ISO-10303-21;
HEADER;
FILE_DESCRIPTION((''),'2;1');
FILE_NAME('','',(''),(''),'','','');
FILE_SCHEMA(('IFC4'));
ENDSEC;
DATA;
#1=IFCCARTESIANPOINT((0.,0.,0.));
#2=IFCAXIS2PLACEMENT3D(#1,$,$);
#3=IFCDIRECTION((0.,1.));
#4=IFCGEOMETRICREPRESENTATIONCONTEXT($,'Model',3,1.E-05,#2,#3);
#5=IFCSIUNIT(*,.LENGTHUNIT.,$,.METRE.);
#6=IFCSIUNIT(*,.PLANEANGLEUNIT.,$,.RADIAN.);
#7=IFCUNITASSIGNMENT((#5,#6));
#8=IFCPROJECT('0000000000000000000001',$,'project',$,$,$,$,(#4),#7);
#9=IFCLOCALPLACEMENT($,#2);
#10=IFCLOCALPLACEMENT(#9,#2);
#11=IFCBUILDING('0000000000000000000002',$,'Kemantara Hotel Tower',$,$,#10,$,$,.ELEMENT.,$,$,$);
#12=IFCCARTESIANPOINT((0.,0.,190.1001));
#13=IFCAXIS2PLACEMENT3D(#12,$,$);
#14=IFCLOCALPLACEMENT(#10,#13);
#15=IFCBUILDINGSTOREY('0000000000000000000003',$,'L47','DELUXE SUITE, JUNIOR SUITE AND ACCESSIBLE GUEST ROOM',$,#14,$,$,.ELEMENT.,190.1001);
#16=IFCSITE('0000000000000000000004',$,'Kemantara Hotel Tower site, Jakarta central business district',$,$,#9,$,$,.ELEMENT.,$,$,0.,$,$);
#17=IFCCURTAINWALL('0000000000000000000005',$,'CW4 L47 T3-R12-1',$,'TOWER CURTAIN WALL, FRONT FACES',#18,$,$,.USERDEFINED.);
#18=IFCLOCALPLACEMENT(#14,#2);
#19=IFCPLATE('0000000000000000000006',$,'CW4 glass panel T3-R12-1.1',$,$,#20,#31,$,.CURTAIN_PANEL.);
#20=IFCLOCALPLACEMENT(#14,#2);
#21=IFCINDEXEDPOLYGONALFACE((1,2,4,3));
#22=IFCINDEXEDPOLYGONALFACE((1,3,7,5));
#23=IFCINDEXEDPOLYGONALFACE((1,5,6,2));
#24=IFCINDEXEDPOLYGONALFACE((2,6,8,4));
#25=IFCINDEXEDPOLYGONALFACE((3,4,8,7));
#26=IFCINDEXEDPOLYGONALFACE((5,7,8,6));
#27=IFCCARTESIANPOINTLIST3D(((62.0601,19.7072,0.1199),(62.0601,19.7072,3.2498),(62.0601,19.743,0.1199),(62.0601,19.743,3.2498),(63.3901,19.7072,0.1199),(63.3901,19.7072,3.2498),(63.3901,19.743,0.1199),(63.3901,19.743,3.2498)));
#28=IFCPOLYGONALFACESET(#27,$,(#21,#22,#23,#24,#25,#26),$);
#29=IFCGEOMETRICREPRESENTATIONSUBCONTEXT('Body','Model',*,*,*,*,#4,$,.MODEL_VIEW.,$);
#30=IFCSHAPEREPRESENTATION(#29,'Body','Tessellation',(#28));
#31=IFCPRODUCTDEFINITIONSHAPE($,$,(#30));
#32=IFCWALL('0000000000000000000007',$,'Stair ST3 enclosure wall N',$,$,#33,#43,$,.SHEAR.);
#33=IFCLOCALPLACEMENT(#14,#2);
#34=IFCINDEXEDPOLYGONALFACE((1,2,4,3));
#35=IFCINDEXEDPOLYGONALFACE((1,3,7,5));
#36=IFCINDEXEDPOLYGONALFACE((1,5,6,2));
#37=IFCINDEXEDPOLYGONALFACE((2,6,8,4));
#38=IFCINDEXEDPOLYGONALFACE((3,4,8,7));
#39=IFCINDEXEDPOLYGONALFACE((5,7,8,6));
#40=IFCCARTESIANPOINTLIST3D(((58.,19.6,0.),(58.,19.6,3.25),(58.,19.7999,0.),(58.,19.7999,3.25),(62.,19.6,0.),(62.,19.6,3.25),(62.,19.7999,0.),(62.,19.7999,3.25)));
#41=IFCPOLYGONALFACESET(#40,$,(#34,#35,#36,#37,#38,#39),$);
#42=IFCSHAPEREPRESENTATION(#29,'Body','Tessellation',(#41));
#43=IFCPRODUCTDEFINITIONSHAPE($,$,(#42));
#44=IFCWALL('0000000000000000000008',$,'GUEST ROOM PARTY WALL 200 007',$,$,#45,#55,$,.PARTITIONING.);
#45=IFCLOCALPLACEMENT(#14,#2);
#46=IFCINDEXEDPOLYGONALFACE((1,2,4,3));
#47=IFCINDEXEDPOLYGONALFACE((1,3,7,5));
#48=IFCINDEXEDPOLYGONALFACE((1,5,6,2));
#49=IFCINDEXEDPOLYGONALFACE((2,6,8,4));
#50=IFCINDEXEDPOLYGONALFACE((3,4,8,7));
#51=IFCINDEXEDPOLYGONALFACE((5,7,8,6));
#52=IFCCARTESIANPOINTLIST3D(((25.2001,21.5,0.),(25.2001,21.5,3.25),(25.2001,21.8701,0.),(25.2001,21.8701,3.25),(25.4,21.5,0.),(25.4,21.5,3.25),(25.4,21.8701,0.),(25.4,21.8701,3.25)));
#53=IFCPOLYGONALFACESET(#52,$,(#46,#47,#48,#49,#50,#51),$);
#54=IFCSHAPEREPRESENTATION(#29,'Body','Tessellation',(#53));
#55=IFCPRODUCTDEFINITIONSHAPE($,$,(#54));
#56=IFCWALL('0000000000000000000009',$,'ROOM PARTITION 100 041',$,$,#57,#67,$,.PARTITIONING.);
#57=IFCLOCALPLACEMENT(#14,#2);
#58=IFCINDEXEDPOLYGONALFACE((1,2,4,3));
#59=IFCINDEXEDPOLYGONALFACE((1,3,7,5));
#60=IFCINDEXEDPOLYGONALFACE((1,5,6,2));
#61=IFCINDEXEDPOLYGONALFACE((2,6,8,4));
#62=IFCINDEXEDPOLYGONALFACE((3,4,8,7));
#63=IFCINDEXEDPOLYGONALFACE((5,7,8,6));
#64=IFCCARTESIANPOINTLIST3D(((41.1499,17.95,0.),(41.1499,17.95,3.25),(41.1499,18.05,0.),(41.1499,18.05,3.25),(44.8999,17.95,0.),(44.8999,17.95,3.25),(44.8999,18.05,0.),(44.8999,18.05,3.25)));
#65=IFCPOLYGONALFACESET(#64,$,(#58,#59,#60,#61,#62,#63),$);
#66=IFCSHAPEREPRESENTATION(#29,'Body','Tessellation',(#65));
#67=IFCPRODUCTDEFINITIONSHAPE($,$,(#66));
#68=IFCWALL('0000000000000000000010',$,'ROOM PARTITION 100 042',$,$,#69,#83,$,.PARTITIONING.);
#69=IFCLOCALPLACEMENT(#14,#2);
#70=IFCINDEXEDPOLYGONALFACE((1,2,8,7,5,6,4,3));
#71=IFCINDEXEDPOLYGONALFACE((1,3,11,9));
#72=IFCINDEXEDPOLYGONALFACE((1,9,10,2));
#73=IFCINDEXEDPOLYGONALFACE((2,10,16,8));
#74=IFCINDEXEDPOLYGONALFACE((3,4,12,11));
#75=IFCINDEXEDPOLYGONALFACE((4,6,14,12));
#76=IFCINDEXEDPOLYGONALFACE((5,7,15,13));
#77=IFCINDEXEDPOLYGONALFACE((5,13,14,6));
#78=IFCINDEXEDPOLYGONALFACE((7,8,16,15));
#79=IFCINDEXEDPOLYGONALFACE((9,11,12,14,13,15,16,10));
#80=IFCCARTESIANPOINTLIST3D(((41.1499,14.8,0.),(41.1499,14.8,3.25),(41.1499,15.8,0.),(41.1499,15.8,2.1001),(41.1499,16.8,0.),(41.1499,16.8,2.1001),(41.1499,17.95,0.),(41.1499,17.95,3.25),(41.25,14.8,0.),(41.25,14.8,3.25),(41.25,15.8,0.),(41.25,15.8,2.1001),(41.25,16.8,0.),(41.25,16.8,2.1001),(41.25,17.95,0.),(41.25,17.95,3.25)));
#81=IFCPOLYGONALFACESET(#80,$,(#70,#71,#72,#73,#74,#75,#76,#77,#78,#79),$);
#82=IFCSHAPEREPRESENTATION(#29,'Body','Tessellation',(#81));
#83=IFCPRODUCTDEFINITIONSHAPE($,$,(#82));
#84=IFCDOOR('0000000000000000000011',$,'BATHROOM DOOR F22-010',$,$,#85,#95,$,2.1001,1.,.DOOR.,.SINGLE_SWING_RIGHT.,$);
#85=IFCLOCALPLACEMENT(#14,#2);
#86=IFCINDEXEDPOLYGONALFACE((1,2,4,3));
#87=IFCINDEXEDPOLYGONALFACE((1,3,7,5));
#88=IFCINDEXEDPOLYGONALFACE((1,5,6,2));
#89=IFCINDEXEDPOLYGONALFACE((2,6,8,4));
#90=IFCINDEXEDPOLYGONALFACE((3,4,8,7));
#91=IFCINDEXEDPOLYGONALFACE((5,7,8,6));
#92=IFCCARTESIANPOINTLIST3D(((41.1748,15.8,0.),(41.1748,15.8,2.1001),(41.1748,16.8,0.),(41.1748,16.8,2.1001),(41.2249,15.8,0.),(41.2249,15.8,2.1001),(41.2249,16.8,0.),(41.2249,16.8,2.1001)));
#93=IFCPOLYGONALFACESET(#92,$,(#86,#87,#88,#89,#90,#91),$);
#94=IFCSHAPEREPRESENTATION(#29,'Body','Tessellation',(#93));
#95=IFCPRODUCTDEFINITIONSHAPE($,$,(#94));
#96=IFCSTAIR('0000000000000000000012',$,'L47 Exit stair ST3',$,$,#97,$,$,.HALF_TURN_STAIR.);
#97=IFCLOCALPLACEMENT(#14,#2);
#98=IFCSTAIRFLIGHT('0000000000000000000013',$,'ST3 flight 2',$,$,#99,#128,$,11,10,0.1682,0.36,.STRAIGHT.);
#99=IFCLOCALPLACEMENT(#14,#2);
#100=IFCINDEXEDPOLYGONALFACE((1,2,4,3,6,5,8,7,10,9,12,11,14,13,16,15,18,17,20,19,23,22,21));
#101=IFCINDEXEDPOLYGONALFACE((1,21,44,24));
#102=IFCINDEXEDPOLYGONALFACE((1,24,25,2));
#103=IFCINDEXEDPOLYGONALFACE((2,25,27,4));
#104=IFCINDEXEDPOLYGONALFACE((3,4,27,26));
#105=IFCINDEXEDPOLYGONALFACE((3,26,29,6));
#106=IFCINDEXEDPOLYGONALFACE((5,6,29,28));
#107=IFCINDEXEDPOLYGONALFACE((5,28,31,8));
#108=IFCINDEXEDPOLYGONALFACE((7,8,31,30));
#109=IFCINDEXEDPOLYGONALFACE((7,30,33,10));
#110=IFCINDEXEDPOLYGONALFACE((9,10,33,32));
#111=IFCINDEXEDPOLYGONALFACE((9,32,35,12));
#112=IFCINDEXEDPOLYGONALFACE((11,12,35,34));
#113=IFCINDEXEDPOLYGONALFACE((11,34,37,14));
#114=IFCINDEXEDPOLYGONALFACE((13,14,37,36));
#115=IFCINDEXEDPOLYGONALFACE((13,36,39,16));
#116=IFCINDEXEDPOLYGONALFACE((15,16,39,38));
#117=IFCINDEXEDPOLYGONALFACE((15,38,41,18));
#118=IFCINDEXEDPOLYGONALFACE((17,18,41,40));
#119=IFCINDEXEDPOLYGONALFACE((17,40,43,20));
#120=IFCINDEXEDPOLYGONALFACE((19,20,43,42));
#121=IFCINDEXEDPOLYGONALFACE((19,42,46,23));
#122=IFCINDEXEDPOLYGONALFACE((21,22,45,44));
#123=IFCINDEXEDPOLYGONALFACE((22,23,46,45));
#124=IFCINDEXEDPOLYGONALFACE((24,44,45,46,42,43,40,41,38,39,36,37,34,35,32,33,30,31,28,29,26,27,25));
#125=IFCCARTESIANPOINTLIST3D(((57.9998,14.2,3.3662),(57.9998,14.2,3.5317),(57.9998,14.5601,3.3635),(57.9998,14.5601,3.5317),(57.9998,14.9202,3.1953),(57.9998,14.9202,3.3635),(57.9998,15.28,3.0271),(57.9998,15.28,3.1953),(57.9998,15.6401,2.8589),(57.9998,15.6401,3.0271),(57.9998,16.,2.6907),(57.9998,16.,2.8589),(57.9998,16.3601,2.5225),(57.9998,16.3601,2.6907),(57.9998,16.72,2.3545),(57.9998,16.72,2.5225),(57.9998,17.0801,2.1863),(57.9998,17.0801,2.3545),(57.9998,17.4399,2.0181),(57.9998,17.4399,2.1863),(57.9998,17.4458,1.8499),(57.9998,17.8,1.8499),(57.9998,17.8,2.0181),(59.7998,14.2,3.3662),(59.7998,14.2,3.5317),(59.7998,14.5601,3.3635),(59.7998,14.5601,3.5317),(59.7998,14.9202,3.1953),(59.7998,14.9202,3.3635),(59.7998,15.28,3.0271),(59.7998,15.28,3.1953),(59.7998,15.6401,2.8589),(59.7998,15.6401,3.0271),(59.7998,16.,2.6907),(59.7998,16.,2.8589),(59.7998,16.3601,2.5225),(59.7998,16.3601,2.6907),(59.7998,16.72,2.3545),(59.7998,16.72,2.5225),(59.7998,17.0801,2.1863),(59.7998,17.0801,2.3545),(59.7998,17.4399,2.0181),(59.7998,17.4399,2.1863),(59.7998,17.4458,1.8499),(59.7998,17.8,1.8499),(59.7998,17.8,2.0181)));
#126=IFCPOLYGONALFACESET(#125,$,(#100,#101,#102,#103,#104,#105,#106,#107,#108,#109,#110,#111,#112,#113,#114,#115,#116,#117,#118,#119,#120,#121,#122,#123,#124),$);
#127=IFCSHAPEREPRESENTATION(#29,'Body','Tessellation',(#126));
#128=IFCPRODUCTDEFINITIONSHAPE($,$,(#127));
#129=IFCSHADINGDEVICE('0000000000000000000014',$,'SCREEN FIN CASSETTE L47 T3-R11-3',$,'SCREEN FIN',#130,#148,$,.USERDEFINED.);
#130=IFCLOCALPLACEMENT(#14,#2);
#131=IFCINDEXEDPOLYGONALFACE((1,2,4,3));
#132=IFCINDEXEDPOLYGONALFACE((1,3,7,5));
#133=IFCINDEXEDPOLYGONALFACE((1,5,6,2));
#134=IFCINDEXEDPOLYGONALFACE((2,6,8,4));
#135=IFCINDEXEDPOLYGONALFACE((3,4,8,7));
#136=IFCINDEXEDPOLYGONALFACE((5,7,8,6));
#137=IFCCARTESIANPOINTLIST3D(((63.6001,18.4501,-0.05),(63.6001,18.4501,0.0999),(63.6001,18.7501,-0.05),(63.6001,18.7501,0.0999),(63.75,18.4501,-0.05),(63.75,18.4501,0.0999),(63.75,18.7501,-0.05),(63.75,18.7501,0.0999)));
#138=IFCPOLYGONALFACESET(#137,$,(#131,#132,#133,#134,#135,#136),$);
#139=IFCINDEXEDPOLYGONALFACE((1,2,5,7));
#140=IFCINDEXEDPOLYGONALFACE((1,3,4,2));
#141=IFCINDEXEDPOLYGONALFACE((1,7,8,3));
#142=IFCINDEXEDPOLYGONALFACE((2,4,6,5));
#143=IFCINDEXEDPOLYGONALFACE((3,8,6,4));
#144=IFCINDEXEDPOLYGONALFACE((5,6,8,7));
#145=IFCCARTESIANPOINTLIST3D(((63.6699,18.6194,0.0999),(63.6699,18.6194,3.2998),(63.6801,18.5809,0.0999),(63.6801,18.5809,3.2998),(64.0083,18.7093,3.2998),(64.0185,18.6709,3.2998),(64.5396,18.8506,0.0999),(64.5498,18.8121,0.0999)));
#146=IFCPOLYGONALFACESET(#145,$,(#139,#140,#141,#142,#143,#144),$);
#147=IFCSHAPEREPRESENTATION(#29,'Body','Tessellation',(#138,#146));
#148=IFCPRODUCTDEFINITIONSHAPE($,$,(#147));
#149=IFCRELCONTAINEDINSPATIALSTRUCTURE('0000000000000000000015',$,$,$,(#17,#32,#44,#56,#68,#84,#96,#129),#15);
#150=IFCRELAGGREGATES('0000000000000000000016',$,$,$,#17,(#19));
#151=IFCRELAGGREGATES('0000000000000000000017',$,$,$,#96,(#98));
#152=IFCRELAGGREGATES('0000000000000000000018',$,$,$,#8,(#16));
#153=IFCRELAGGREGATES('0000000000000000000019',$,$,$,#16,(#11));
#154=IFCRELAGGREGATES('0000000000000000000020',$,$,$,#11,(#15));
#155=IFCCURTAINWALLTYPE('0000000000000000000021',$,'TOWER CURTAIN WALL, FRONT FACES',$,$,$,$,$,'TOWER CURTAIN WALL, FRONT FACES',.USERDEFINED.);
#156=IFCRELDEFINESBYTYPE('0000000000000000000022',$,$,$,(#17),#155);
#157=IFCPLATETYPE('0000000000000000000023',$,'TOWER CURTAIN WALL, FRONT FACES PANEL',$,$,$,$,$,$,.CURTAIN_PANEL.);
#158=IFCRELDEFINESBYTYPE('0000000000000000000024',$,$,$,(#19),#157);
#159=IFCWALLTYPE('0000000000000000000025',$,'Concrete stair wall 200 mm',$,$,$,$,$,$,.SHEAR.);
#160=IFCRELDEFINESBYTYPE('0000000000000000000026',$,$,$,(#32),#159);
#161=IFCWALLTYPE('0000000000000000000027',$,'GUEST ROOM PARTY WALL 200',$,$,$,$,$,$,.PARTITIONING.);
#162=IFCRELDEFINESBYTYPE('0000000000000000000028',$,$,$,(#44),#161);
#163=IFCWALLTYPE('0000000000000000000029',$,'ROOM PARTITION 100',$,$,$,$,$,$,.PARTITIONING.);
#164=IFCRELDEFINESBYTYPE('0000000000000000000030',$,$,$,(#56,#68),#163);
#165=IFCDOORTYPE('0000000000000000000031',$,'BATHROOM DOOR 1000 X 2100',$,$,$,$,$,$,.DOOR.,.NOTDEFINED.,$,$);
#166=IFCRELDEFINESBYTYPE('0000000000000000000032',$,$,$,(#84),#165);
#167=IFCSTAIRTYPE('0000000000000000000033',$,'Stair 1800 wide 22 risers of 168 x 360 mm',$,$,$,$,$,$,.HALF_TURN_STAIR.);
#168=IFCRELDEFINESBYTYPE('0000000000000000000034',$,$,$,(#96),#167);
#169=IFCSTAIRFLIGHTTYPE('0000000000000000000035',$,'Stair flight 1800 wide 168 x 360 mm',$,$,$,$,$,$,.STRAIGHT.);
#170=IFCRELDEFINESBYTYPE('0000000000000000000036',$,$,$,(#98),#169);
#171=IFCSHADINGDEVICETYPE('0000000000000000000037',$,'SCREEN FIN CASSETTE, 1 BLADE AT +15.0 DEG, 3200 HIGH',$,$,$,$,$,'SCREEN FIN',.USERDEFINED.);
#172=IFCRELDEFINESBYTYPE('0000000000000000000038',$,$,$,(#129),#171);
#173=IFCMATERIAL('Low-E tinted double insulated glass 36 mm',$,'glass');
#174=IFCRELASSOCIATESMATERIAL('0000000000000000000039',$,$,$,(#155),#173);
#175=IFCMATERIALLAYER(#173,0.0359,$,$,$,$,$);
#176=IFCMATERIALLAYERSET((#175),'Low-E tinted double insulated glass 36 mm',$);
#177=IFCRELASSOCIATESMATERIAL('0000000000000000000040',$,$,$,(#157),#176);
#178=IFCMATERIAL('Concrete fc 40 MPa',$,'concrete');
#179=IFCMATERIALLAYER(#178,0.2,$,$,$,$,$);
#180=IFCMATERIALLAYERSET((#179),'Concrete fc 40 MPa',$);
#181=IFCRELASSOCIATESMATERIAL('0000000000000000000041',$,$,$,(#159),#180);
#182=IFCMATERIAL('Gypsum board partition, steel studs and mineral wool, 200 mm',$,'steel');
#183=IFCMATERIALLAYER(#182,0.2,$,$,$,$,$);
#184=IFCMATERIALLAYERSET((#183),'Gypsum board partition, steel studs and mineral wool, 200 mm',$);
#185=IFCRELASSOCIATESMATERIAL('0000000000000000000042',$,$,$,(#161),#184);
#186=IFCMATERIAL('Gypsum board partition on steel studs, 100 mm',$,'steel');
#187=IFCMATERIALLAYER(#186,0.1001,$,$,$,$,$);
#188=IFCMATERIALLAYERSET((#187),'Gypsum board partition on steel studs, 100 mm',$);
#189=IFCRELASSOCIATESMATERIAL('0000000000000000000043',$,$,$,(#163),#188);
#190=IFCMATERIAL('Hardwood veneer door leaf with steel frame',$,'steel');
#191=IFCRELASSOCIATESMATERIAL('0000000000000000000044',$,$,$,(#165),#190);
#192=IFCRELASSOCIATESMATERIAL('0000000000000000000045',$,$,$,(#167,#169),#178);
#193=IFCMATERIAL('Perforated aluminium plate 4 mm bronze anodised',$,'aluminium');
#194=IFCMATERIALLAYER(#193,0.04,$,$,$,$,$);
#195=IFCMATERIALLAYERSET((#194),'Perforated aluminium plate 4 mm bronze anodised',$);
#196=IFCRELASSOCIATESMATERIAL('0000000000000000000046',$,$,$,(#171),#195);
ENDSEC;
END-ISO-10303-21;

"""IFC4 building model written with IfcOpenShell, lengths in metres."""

from ifc_helpers import new_model, si_unit, direction, frame, frame_2d, origin, origin_2d, place, context, subcontext, project, spatial, polyline, rectangle, outline, extrude, source, transform, mapped, material, layer, layer_set, type_object, element, fill, aggregate, save


model = new_model("IFC4")

# Units and contexts
model_context = context("Model", 3, precision=1e-05, world=origin(), true_north=direction((0.0, 1.0)))
body_context = subcontext(model_context, "Body", "Model", "MODEL_VIEW")
ifc_project = project(units=[si_unit("LENGTHUNIT", "METRE"), si_unit("PLANEANGLEUNIT", "RADIAN")], contexts=[model_context])

# Site, building, storey
site_placement = place(None, origin())
site = spatial("IfcSite", under=ifc_project, at=site_placement, Name="Kemantara Hotel Tower site, Jakarta central business district", CompositionType="ELEMENT", RefElevation=0.0)
building_placement = place(site_placement, origin())
building = spatial("IfcBuilding", under=site, at=building_placement, Name="Kemantara Hotel Tower", CompositionType="ELEMENT")
storey_placement = place(building_placement, frame((0.0, 0.0, 190.1001)))
storey = spatial("IfcBuildingStorey", under=building, at=storey_placement, Name="L47", Description="DELUXE SUITE, JUNIOR SUITE AND ACCESSIBLE GUEST ROOM", CompositionType="ELEMENT", Elevation=190.1001)

# Curtain wall
ifc_material_1 = material(Name="Low-E tinted double insulated glass 36 mm", Category="glass")
curtain_wall_type = type_object("IfcCurtainWallType", Name="TOWER CURTAIN WALL, FRONT FACES", ElementType="TOWER CURTAIN WALL, FRONT FACES", PredefinedType="USERDEFINED", material=ifc_material_1)
curtain_wall_1_placement = place(storey_placement, origin())
curtain_wall_1 = element("IfcCurtainWall", 1, at=curtain_wall_1_placement, inside=storey, type_object=curtain_wall_type, Name="CW4 L47 T3-R12-1", ObjectType="TOWER CURTAIN WALL, FRONT FACES", PredefinedType="USERDEFINED")

# Plate
ifc_layer_1 = layer(ifc_material_1, 0.0359)
ifc_layer_set_1 = layer_set([ifc_layer_1], Name="Low-E tinted double insulated glass 36 mm")
plate_type = type_object("IfcPlateType", Name="TOWER CURTAIN WALL, FRONT FACES PANEL", PredefinedType="CURTAIN_PANEL", material=ifc_layer_set_1)
shared_shape_1 = source(origin(), body_context, "Body", "SweptSolid", [
    extrude(rectangle(XDim=1.3301, YDim=0.0359, at=origin_2d()), origin(), (0.0, 0.0, 1.0), 3.1299),
])
plate_1_placement = place(storey_placement, frame((62.7251, 19.7251, 0.1199), z_axis=(0.0, 0.0, 1.0), x_axis=(-1.0, 0.0, 0.0)))
plate_1 = element("IfcPlate", 2, at=plate_1_placement, type_object=plate_type, Name="CW4 glass panel T3-R12-1.1", PredefinedType="CURTAIN_PANEL", context=body_context, shape_type="MappedRepresentation", body=[
    mapped(shared_shape_1, transform((0.0, 0.0, 0.0))),
])
aggregate(curtain_wall_1, [plate_1])

# Walls
ifc_material_2 = material(Name="Concrete fc 40 MPa", Category="concrete")
ifc_layer_2 = layer(ifc_material_2, 0.2)
ifc_layer_set_2 = layer_set([ifc_layer_2], Name="Concrete fc 40 MPa")
wall_type_1 = type_object("IfcWallType", Name="Concrete stair wall 200 mm", PredefinedType="SHEAR", material=ifc_layer_set_2)
wall_1_placement = place(storey_placement, frame((58.0, 19.7, 0.0), z_axis=(0.0, 0.0, 1.0), x_axis=(1.0, 0.0, 0.0)))
element("IfcWall", 3, at=wall_1_placement, inside=storey, type_object=wall_type_1, Name="Stair ST3 enclosure wall N", PredefinedType="SHEAR", context=body_context, shape_type="SweptSolid", body=[
    extrude(rectangle(XDim=4.0, YDim=0.2, at=frame_2d((2.0, 0.0))), origin(), (0.0, 0.0, 1.0), 3.25),
])
ifc_material_3 = material(Name="Gypsum board partition, steel studs and mineral wool, 200 mm", Category="steel")
ifc_layer_3 = layer(ifc_material_3, 0.2)
ifc_layer_set_3 = layer_set([ifc_layer_3], Name="Gypsum board partition, steel studs and mineral wool, 200 mm")
wall_type_2 = type_object("IfcWallType", Name="GUEST ROOM PARTY WALL 200", PredefinedType="PARTITIONING", material=ifc_layer_set_3)
wall_2_placement = place(storey_placement, frame((25.3, 21.5, 0.0), z_axis=(0.0, 0.0, 1.0), x_axis=(0.0, 1.0, 0.0)))
element("IfcWall", 4, at=wall_2_placement, inside=storey, type_object=wall_type_2, Name="GUEST ROOM PARTY WALL 200 007", PredefinedType="PARTITIONING", context=body_context, shape_type="SweptSolid", body=[
    extrude(rectangle(XDim=0.3701, YDim=0.2, at=frame_2d((0.1851, 0.0))), origin(), (0.0, 0.0, 1.0), 3.25),
])
ifc_material_4 = material(Name="Gypsum board partition on steel studs, 100 mm", Category="steel")
ifc_layer_4 = layer(ifc_material_4, 0.1001)
ifc_layer_set_4 = layer_set([ifc_layer_4], Name="Gypsum board partition on steel studs, 100 mm")
wall_type_3 = type_object("IfcWallType", Name="ROOM PARTITION 100", PredefinedType="PARTITIONING", material=ifc_layer_set_4)
wall_3_placement = place(storey_placement, frame((41.1499, 18.0, 0.0), z_axis=(0.0, 0.0, 1.0), x_axis=(1.0, 0.0, 0.0)))
element("IfcWall", 5, at=wall_3_placement, inside=storey, type_object=wall_type_3, Name="ROOM PARTITION 100 041", PredefinedType="PARTITIONING", context=body_context, shape_type="SweptSolid", body=[
    extrude(rectangle(XDim=3.75, YDim=0.1001, at=frame_2d((1.875, 0.0))), origin(), (0.0, 0.0, 1.0), 3.25),
])

# Wall, opening, door
wall_4_placement = place(storey_placement, frame((41.2, 17.95, 0.0), z_axis=(0.0, 0.0, 1.0), x_axis=(0.0, -1.0, 0.0)))
wall_4 = element("IfcWall", 6, at=wall_4_placement, inside=storey, type_object=wall_type_3, Name="ROOM PARTITION 100 042", PredefinedType="PARTITIONING", context=body_context, shape_type="SweptSolid", body=[
    extrude(rectangle(XDim=3.1499, YDim=0.1001, at=frame_2d((1.575, 0.0))), origin(), (0.0, 0.0, 1.0), 3.25),
])
opening_placement = place(wall_4_placement, frame((1.1499, 0.0, 0.0)))
opening = element("IfcOpeningElement", 7, at=opening_placement, cuts=wall_4, PredefinedType="OPENING", context=body_context, shape_type="SweptSolid", body=[
    extrude(rectangle(XDim=1.0, YDim=2.1001, at=frame_2d((0.5, 1.05))), frame((0.0, 0.0601, 0.0), z_axis=(0.0, -1.0, 0.0), x_axis=(1.0, 0.0, 0.0)), (0.0, 0.0, 1.0), 0.1201),
])
ifc_material_5 = material(Name="Hardwood veneer door leaf with steel frame", Category="steel")
door_type = type_object("IfcDoorType", Name="BATHROOM DOOR 1000 X 2100", OperationType="NOTDEFINED", PredefinedType="DOOR", material=ifc_material_5)
door_placement = place(opening_placement, origin())
door = element("IfcDoor", 8, at=door_placement, inside=storey, type_object=door_type, Name="BATHROOM DOOR F22-010", OperationType="SINGLE_SWING_RIGHT", OverallHeight=2.1001, OverallWidth=1.0, PredefinedType="DOOR", context=body_context, shape_type="SweptSolid", body=[
    extrude(rectangle(XDim=1.0, YDim=2.1001, at=frame_2d((0.5, 1.05))), frame((0.0, 0.0249, 0.0), z_axis=(0.0, -1.0, 0.0), x_axis=(1.0, 0.0, 0.0)), (0.0, 0.0, 1.0), 0.05),
])
fill(opening, door)

# Stair, stair flight
stair_type = type_object("IfcStairType", Name="Stair 1800 wide 22 risers of 168 x 360 mm", PredefinedType="HALF_TURN_STAIR", material=ifc_material_2)
stair_placement = place(storey_placement, origin())
stair = element("IfcStair", 9, at=stair_placement, inside=storey, type_object=stair_type, Name="L47 Exit stair ST3", PredefinedType="HALF_TURN_STAIR")
stair_flight_type = type_object("IfcStairFlightType", Name="Stair flight 1800 wide 168 x 360 mm", PredefinedType="STRAIGHT", material=ifc_material_2)
stair_flight_placement = place(storey_placement, frame((58.8999, 17.8, 1.8499), z_axis=(0.0, 0.0, 1.0), x_axis=(0.0, -1.0, 0.0)))
stair_flight = element("IfcStairFlight", 10, at=stair_flight_placement, type_object=stair_flight_type, Name="ST3 flight 2", NumberOfRisers=11, NumberOfTreads=10, PredefinedType="STRAIGHT", RiserHeight=0.1682, TreadLength=0.36, context=body_context, shape_type="SweptSolid", body=[
    extrude(outline(polyline([(0.0, 0.0), (0.0, 0.1682), (0.3601, 0.1682), (0.3601, 0.3364), (0.72, 0.3364), (0.72, 0.5046), (1.0801, 0.5046), (1.0801, 0.6726), (1.4399, 0.6726), (1.4399, 0.8408), (1.8, 0.8408), (1.8, 1.009), (2.1599, 1.009), (2.1599, 1.1772), (2.52, 1.1772), (2.52, 1.3455), (2.8799, 1.3455), (2.8799, 1.5137), (3.24, 1.5137), (3.24, 1.6819), (3.6001, 1.6819), (3.6001, 1.8501), (3.6001, 1.5164), (0.3542, 0.0), (0.0, 0.0)])), frame((0.0, 0.8999, 0.0), z_axis=(0.0, -1.0, 0.0), x_axis=(1.0, 0.0, 0.0)), (0.0, 0.0, 1.0), 1.8),
])
aggregate(stair, [stair_flight])

# Shading device
ifc_material_6 = material(Name="Perforated aluminium plate 4 mm bronze anodised", Category="aluminium")
ifc_layer_5 = layer(ifc_material_6, 0.04)
ifc_layer_set_5 = layer_set([ifc_layer_5], Name="Perforated aluminium plate 4 mm bronze anodised")
shading_device_type = type_object("IfcShadingDeviceType", Name="SCREEN FIN CASSETTE, 1 BLADE AT +15.0 DEG, 3200 HIGH", ElementType="SCREEN FIN", PredefinedType="USERDEFINED", material=ifc_layer_set_5)
shared_shape_2 = source(origin(), body_context, "Body", "SweptSolid", [
    extrude(rectangle(XDim=0.3, YDim=0.1499, at=origin_2d()), frame((0.0, -0.075, -0.1499), z_axis=(0.0, 0.0, 1.0), x_axis=(1.0, 0.0, 0.0)), (0.0, 0.0, 1.0), 0.1499),
    extrude(outline(polyline([(0.0, 0.0), (0.8999, 0.0), (0.3501, 3.2), (0.0, 3.2), (0.0, 0.0)])), frame((0.0193, -0.0698, 0.0), z_axis=(-0.966438, -0.256901, 0.0), x_axis=(0.256901, -0.966438, 0.0)), (0.0, 0.0, 1.0), 0.0398),
])
shading_device_placement = place(storey_placement, frame((63.6001, 18.6001, 0.0999), z_axis=(0.0, 0.0, 1.0), x_axis=(0.0, 1.0, 0.0)))
element("IfcShadingDevice", 11, at=shading_device_placement, inside=storey, type_object=shading_device_type, Name="SCREEN FIN CASSETTE L47 T3-R11-3", ObjectType="SCREEN FIN", PredefinedType="USERDEFINED", context=body_context, shape_type="MappedRepresentation", body=[
    mapped(shared_shape_2, transform((0.0, 0.0, 0.0))),
])

save(model, "model.ifc")
